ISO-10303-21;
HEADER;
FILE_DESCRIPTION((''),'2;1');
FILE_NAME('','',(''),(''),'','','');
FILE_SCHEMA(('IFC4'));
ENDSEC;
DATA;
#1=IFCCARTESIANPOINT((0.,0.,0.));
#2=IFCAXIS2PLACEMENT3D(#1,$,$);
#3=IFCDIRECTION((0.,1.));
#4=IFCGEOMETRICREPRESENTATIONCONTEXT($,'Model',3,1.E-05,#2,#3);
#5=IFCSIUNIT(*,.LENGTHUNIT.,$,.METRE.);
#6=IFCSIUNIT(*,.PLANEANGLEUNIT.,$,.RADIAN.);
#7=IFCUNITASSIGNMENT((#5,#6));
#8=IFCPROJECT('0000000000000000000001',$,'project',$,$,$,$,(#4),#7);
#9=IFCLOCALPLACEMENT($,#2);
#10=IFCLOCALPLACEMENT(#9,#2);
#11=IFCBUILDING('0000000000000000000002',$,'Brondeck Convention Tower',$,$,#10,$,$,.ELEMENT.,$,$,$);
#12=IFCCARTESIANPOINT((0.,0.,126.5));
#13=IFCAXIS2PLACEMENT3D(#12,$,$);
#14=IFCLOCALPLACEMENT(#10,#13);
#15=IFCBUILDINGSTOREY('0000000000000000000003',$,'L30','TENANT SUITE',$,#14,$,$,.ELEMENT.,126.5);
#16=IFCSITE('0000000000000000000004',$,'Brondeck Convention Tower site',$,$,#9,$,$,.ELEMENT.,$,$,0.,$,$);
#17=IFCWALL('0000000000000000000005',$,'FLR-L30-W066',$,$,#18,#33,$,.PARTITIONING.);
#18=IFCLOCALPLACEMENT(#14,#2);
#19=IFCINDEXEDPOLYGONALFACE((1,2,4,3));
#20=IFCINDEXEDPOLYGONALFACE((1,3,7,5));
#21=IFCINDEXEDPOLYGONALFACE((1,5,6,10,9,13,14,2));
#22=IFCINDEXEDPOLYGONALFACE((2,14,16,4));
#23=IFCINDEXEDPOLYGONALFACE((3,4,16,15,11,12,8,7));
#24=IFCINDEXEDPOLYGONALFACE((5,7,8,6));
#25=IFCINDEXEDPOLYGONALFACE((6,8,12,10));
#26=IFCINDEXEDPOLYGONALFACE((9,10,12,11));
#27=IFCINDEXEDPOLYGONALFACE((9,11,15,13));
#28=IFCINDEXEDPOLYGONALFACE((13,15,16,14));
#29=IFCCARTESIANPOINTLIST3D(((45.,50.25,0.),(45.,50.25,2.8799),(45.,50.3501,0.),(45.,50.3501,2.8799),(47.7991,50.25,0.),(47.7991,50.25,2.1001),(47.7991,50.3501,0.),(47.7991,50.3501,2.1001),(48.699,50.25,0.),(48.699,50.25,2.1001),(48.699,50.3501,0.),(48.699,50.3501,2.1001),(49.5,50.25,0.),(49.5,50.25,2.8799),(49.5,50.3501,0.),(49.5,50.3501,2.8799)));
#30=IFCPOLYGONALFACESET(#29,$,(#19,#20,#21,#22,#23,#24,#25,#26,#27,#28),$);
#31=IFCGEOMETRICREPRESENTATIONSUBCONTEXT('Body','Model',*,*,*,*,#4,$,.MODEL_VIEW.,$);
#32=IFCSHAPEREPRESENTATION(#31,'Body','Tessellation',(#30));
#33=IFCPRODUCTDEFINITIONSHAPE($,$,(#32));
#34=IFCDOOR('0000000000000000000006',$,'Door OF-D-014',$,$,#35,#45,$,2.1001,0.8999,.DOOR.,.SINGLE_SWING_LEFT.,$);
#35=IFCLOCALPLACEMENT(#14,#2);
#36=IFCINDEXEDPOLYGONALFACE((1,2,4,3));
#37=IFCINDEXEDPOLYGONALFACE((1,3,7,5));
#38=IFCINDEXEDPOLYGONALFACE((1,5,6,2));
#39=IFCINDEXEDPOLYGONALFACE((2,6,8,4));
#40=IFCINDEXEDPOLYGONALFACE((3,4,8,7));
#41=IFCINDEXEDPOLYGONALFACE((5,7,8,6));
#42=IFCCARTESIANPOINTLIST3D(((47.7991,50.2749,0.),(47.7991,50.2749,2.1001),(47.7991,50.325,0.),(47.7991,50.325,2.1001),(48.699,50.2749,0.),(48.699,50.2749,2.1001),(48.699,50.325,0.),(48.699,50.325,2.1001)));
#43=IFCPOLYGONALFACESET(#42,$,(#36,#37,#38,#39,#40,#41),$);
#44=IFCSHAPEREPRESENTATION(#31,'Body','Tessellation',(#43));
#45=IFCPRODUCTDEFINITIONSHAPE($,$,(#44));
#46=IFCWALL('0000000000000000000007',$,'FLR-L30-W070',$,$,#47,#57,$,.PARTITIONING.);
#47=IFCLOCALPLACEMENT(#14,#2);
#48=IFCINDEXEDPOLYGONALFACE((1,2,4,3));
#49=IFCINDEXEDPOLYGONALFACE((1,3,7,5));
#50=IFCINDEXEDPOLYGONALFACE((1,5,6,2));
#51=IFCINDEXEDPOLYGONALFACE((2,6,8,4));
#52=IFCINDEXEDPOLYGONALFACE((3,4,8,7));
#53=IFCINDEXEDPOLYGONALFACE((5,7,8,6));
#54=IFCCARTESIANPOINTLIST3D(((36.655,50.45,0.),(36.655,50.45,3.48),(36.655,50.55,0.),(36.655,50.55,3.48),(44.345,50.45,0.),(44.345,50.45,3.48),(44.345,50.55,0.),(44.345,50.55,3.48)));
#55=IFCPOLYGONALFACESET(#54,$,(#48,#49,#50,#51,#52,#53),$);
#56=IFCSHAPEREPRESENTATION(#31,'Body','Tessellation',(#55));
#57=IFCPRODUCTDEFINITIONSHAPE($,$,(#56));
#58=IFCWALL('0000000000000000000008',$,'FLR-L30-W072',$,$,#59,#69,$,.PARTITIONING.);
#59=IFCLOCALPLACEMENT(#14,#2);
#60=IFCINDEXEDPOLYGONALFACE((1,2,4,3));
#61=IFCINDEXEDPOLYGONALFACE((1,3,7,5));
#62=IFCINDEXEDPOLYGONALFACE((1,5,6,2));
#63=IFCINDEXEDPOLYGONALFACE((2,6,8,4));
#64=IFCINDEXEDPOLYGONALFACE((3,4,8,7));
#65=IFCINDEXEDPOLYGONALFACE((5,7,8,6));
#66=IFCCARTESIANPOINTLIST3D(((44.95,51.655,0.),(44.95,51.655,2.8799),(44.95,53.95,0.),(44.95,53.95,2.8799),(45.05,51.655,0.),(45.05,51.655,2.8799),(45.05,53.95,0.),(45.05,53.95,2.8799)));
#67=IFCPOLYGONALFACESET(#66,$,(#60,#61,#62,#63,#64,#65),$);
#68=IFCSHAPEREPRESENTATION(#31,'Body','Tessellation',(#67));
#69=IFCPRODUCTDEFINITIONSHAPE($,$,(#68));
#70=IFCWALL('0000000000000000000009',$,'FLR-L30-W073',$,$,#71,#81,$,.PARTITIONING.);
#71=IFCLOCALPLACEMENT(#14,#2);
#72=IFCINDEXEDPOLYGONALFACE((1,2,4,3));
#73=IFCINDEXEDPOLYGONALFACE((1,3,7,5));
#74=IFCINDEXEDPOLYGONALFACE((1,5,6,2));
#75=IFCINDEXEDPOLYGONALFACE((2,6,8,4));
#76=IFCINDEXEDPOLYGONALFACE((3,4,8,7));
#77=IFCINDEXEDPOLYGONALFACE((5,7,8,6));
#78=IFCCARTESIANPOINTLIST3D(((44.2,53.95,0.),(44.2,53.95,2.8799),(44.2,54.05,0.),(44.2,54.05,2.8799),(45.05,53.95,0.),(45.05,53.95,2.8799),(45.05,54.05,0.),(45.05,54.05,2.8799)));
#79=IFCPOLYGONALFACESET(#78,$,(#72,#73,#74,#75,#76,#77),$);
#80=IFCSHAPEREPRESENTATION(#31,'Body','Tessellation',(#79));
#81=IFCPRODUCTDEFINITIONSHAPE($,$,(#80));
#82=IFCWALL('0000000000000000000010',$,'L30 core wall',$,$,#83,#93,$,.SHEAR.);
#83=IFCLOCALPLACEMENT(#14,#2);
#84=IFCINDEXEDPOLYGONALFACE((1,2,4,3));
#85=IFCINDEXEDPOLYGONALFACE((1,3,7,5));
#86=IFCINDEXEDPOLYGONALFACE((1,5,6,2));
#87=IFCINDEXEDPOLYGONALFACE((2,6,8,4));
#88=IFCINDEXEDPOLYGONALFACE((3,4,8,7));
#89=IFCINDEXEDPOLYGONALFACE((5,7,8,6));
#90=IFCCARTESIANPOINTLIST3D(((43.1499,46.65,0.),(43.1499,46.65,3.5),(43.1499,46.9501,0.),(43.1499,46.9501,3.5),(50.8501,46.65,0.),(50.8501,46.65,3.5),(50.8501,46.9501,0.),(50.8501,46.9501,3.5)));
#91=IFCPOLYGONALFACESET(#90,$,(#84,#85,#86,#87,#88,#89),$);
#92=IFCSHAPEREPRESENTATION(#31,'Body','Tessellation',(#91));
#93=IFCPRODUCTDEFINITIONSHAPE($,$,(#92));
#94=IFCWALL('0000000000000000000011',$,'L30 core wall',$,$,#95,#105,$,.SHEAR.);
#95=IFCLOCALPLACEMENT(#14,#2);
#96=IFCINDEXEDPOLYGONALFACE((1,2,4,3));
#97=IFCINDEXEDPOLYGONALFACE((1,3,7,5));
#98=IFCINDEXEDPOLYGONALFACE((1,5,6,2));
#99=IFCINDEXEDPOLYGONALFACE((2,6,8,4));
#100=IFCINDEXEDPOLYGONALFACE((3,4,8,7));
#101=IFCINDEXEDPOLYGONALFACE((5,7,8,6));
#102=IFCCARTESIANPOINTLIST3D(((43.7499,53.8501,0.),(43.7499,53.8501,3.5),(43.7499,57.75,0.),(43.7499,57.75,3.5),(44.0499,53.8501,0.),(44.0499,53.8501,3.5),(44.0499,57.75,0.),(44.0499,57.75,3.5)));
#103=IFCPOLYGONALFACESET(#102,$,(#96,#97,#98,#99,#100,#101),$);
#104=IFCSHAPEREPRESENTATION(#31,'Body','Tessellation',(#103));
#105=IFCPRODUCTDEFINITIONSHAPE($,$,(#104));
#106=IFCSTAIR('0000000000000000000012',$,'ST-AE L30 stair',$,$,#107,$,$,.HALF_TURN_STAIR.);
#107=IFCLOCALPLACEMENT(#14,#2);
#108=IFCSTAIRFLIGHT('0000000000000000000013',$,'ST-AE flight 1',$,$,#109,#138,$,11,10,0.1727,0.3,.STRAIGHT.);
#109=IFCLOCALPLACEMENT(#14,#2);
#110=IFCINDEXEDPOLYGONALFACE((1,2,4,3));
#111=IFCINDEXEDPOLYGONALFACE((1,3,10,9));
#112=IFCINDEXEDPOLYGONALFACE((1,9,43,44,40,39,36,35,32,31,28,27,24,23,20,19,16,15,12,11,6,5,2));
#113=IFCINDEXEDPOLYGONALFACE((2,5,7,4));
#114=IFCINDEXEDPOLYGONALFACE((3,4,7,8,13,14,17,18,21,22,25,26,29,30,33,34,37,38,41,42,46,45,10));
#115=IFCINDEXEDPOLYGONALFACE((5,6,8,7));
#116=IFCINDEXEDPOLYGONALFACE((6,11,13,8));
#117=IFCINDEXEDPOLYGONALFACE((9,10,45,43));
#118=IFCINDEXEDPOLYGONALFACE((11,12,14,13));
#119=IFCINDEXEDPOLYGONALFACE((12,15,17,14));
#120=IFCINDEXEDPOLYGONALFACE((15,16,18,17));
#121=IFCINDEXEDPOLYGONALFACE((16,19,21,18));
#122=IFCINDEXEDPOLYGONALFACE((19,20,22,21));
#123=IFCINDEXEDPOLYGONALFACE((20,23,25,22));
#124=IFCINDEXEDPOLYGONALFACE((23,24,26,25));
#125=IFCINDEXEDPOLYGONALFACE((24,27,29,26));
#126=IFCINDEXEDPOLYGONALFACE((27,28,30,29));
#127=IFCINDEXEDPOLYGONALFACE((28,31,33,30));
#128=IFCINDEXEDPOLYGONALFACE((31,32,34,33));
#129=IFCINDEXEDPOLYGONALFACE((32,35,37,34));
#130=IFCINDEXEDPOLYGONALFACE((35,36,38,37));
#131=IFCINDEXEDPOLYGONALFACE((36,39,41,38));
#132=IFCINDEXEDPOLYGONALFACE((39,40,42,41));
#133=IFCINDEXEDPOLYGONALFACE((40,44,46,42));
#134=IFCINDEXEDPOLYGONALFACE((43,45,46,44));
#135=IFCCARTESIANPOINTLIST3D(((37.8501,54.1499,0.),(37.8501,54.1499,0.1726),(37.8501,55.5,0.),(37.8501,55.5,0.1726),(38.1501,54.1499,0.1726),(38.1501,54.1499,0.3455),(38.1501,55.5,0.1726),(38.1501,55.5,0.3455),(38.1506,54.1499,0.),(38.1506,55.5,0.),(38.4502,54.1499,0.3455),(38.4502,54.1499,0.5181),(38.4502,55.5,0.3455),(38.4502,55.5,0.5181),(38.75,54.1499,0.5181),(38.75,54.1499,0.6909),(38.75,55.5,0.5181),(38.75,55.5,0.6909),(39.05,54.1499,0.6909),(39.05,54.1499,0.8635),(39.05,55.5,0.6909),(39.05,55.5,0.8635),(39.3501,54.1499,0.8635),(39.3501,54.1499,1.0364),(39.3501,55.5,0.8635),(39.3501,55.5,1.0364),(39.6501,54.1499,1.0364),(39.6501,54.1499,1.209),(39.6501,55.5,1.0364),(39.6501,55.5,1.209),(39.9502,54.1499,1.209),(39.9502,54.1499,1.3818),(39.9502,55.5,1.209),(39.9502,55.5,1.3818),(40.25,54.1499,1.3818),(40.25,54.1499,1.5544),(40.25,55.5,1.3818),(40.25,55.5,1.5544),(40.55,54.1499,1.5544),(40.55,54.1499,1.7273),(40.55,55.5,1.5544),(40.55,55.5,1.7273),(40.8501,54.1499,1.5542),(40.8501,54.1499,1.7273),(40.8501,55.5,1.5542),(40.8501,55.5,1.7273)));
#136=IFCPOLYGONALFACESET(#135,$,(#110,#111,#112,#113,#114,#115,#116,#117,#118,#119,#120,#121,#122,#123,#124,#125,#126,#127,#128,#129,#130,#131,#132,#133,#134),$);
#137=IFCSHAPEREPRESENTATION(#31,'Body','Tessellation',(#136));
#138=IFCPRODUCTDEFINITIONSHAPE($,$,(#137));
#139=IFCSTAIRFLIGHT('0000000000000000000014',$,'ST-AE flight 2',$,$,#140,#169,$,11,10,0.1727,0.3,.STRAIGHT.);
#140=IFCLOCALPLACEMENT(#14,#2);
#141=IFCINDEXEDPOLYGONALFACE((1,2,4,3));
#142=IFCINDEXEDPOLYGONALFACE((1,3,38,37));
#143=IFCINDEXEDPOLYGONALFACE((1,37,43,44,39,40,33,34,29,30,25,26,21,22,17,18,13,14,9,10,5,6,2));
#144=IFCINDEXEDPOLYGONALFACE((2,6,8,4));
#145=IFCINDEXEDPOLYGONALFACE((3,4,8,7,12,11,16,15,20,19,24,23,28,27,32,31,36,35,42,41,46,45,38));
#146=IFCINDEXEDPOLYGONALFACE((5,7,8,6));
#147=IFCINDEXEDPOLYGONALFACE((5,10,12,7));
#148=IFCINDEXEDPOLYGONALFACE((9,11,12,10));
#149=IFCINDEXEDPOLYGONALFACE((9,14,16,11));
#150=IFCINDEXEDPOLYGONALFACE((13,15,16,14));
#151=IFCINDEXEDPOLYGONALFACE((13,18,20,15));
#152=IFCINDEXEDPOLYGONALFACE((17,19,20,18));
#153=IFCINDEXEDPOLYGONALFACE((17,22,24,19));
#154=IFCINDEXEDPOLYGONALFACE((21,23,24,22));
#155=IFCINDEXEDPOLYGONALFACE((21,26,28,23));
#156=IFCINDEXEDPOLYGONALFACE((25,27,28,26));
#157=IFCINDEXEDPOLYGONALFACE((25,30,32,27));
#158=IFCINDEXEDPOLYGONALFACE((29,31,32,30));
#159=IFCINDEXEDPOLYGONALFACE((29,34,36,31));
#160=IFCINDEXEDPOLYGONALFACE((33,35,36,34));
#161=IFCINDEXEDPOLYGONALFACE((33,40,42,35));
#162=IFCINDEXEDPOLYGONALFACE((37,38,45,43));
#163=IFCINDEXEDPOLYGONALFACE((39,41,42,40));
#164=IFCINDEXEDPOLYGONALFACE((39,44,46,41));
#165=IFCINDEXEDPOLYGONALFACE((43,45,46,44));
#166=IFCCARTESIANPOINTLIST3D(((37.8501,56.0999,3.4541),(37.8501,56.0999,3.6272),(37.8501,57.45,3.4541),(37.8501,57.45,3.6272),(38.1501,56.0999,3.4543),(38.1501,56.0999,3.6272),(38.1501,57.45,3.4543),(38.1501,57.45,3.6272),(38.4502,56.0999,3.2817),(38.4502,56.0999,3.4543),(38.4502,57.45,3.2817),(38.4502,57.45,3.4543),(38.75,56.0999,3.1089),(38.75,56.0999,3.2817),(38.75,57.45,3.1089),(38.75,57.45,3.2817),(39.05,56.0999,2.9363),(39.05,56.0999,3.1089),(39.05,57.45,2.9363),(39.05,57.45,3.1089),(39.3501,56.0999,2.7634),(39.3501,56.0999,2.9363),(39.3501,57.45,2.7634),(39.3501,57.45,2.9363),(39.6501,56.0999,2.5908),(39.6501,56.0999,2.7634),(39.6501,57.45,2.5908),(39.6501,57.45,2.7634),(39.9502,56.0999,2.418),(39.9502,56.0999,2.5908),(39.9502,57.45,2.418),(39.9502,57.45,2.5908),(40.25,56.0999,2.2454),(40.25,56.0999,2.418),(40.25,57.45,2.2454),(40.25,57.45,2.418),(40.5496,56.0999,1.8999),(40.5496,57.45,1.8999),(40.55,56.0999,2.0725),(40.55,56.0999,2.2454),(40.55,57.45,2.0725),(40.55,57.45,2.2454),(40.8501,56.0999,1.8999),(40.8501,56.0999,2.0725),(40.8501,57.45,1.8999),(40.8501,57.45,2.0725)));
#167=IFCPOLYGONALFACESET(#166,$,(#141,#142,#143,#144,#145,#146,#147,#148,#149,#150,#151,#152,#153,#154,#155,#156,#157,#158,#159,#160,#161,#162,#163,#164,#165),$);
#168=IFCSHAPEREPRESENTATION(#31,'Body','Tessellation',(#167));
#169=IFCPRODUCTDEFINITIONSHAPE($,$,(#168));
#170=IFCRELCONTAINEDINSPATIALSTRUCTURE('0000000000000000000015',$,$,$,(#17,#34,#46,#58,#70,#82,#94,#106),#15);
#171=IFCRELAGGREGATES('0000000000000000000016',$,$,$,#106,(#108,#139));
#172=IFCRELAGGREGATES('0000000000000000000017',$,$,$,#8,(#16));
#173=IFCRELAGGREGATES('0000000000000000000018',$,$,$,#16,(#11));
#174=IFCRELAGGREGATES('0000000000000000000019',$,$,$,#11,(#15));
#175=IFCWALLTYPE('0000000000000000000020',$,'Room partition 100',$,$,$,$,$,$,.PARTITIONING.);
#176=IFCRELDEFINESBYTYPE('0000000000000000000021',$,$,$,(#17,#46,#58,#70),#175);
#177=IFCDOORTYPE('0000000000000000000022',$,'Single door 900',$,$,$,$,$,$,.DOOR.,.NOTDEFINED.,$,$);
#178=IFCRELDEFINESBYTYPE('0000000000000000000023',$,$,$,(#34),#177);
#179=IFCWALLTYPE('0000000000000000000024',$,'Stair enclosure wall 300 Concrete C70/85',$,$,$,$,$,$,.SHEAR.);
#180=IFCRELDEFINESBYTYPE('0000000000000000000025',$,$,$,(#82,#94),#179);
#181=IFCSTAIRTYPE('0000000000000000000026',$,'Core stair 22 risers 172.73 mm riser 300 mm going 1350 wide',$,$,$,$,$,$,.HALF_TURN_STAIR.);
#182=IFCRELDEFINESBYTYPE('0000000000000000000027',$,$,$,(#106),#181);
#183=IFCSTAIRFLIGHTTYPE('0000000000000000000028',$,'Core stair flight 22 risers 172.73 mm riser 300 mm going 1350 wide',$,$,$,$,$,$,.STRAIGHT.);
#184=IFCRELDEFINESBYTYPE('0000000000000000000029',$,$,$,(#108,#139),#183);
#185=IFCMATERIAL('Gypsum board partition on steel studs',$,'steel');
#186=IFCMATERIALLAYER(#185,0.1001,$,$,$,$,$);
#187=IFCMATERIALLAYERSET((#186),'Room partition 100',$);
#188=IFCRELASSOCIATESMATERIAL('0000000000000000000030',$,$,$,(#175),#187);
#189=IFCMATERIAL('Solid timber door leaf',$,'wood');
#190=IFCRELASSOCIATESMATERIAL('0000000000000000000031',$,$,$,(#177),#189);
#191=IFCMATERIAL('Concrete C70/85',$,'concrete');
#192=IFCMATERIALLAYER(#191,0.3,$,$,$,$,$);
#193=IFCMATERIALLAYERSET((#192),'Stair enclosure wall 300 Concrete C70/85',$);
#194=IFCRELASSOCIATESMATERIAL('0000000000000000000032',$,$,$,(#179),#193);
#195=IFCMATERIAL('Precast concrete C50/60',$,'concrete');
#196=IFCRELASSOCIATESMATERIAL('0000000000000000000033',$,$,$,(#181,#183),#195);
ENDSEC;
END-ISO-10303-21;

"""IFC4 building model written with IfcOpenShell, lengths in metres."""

from ifc_helpers import new_model, si_unit, direction, frame, frame_2d, origin, place, context, subcontext, project, spatial, polyline, rectangle, outline, extrude, material, layer, layer_set, type_object, element, fill, aggregate, save


model = new_model("IFC4")

# Units and contexts
model_context = context("Model", 3, precision=1e-05, world=origin(), true_north=direction((0.0, 1.0)))
body_context = subcontext(model_context, "Body", "Model", "MODEL_VIEW")
ifc_project = project(units=[si_unit("LENGTHUNIT", "METRE"), si_unit("PLANEANGLEUNIT", "RADIAN")], contexts=[model_context])

# Site, building, storey
site_placement = place(None, origin())
site = spatial("IfcSite", under=ifc_project, at=site_placement, Name="Brondeck Convention Tower site", CompositionType="ELEMENT", RefElevation=0.0)
building_placement = place(site_placement, origin())
building = spatial("IfcBuilding", under=site, at=building_placement, Name="Brondeck Convention Tower", CompositionType="ELEMENT")
storey_placement = place(building_placement, frame((0.0, 0.0, 126.5)))
storey = spatial("IfcBuildingStorey", under=building, at=storey_placement, Name="L30", Description="TENANT SUITE", CompositionType="ELEMENT", Elevation=126.5)

# Shared definitions
ifc_material_1 = material(Name="Concrete C70/85", Category="concrete")

# Shared definitions
ifc_material_2 = material(Name="Gypsum board partition on steel studs", Category="steel")
ifc_layer_1 = layer(ifc_material_2, 0.1001)
ifc_layer_set_1 = layer_set([ifc_layer_1], Name="Room partition 100")
wall_type_1 = type_object("IfcWallType", Name="Room partition 100", PredefinedType="PARTITIONING", material=ifc_layer_set_1)

# Wall, opening, door
ifc_material_3 = material(Name="Solid timber door leaf", Category="wood")
door_type = type_object("IfcDoorType", Name="Single door 900", OperationType="NOTDEFINED", PredefinedType="DOOR", material=ifc_material_3)
wall_1_placement = place(storey_placement, frame((45.0, 50.3, 0.0), z_axis=(0.0, 0.0, 1.0), x_axis=(1.0, 0.0, 0.0)))
wall_1 = element("IfcWall", 1, at=wall_1_placement, inside=storey, type_object=wall_type_1, Name="FLR-L30-W066", PredefinedType="PARTITIONING", context=body_context, shape_type="SweptSolid", body=[
    extrude(rectangle(XDim=4.5, YDim=0.1001, at=frame_2d((2.25, 0.0))), origin(), (0.0, 0.0, 1.0), 2.8799),
])
opening_1_placement = place(wall_1_placement, frame((2.7991, 0.0, 0.0)))
opening_1 = element("IfcOpeningElement", 2, at=opening_1_placement, cuts=wall_1, PredefinedType="OPENING", context=body_context, shape_type="SweptSolid", body=[
    extrude(rectangle(XDim=0.8999, YDim=2.1001, at=frame_2d((0.45, 1.05))), frame((0.0, 0.0601, 0.0), z_axis=(0.0, -1.0, 0.0), x_axis=(1.0, 0.0, 0.0)), (0.0, 0.0, 1.0), 0.1201),
])
door_1_placement = place(opening_1_placement, origin())
door_1 = element("IfcDoor", 3, at=door_1_placement, inside=storey, type_object=door_type, Name="Door OF-D-014", OperationType="SINGLE_SWING_LEFT", OverallHeight=2.1001, OverallWidth=0.8999, PredefinedType="DOOR", context=body_context, shape_type="SweptSolid", body=[
    extrude(rectangle(XDim=0.8999, YDim=2.1001, at=frame_2d((0.45, 1.05))), frame((0.0, 0.0249, 0.0), z_axis=(0.0, -1.0, 0.0), x_axis=(1.0, 0.0, 0.0)), (0.0, 0.0, 1.0), 0.05),
])
fill(opening_1, door_1)

# Walls
wall_2_placement = place(storey_placement, frame((44.345, 50.5, 0.0), z_axis=(0.0, 0.0, 1.0), x_axis=(-1.0, 0.0, 0.0)))
element("IfcWall", 4, at=wall_2_placement, inside=storey, type_object=wall_type_1, Name="FLR-L30-W070", PredefinedType="PARTITIONING", context=body_context, shape_type="SweptSolid", body=[
    extrude(rectangle(XDim=7.6899, YDim=0.1001, at=frame_2d((3.845, 0.0))), origin(), (0.0, 0.0, 1.0), 3.48),
])
wall_3_placement = place(storey_placement, frame((45.0, 53.95, 0.0), z_axis=(0.0, 0.0, 1.0), x_axis=(0.0, -1.0, 0.0)))
element("IfcWall", 5, at=wall_3_placement, inside=storey, type_object=wall_type_1, Name="FLR-L30-W072", PredefinedType="PARTITIONING", context=body_context, shape_type="SweptSolid", body=[
    extrude(rectangle(XDim=2.2949, YDim=0.1001, at=frame_2d((1.1475, 0.0))), origin(), (0.0, 0.0, 1.0), 2.8799),
])
wall_4_placement = place(storey_placement, frame((44.2, 54.0, 0.0), z_axis=(0.0, 0.0, 1.0), x_axis=(1.0, 0.0, 0.0)))
element("IfcWall", 6, at=wall_4_placement, inside=storey, type_object=wall_type_1, Name="FLR-L30-W073", PredefinedType="PARTITIONING", context=body_context, shape_type="SweptSolid", body=[
    extrude(rectangle(XDim=0.8501, YDim=0.1001, at=frame_2d((0.425, 0.0))), origin(), (0.0, 0.0, 1.0), 2.8799),
])
ifc_layer_2 = layer(ifc_material_1, 0.3)
ifc_layer_set_2 = layer_set([ifc_layer_2], Name="Stair enclosure wall 300 Concrete C70/85")
wall_type_2 = type_object("IfcWallType", Name="Stair enclosure wall 300 Concrete C70/85", PredefinedType="SHEAR", material=ifc_layer_set_2)
wall_5_placement = place(storey_placement, frame((43.1499, 46.8, 0.0), z_axis=(0.0, 0.0, 1.0), x_axis=(1.0, 0.0, 0.0)))
element("IfcWall", 7, at=wall_5_placement, inside=storey, type_object=wall_type_2, Name="L30 core wall", PredefinedType="SHEAR", context=body_context, shape_type="SweptSolid", body=[
    extrude(rectangle(XDim=7.7002, YDim=0.3, at=frame_2d((3.8501, 0.0))), origin(), (0.0, 0.0, 1.0), 3.5),
])
wall_6_placement = place(storey_placement, frame((43.8999, 53.8501, 0.0), z_axis=(0.0, 0.0, 1.0), x_axis=(0.0, 1.0, 0.0)))
element("IfcWall", 8, at=wall_6_placement, inside=storey, type_object=wall_type_2, Name="L30 core wall", PredefinedType="SHEAR", context=body_context, shape_type="SweptSolid", body=[
    extrude(rectangle(XDim=3.8999, YDim=0.3, at=frame_2d((1.95, 0.0))), origin(), (0.0, 0.0, 1.0), 3.5),
])

# Stair, stair flights
ifc_material_4 = material(Name="Precast concrete C50/60", Category="concrete")
stair_type = type_object("IfcStairType", Name="Core stair 22 risers 172.73 mm riser 300 mm going 1350 wide", PredefinedType="HALF_TURN_STAIR", material=ifc_material_4)
stair_placement = place(storey_placement, origin())
stair = element("IfcStair", 9, at=stair_placement, inside=storey, type_object=stair_type, Name="ST-AE L30 stair", PredefinedType="HALF_TURN_STAIR")
stair_flight_type = type_object("IfcStairFlightType", Name="Core stair flight 22 risers 172.73 mm riser 300 mm going 1350 wide", PredefinedType="STRAIGHT", material=ifc_material_4)
stair_flight_1_placement = place(storey_placement, frame((37.8501, 54.825, 0.0), z_axis=(0.0, 0.0, 1.0), x_axis=(1.0, 0.0, 0.0)))
stair_flight_1 = element("IfcStairFlight", 10, at=stair_flight_1_placement, type_object=stair_flight_type, Name="ST-AE flight 1", NumberOfRisers=11, NumberOfTreads=10, PredefinedType="STRAIGHT", RiserHeight=0.1727, TreadLength=0.3, context=body_context, shape_type="SweptSolid", body=[
    extrude(outline(polyline([(0.0, 0.0), (0.0, 0.1726), (0.3, 0.1726), (0.3, 0.3455), (0.6001, 0.3455), (0.6001, 0.5181), (0.8999, 0.5181), (0.8999, 0.6909), (1.2, 0.6909), (1.2, 0.8635), (1.5, 0.8635), (1.5, 1.0364), (1.8, 1.0364), (1.8, 1.209), (2.1001, 1.209), (2.1001, 1.3818), (2.3999, 1.3818), (2.3999, 1.5544), (2.7, 1.5544), (2.7, 1.7273), (3.0, 1.7273), (3.0, 1.8999), (3.0, 1.5542), (0.3005, 0.0), (0.0, 0.0)])), frame((0.0, 0.675, 0.0), z_axis=(0.0, -1.0, 0.0), x_axis=(1.0, 0.0, 0.0)), (0.0, 0.0, 1.0), 1.3501),
])
stair_flight_2_placement = place(storey_placement, frame((40.8501, 56.7749, 1.8999), z_axis=(0.0, 0.0, 1.0), x_axis=(-1.0, 0.0, 0.0)))
stair_flight_2 = element("IfcStairFlight", 11, at=stair_flight_2_placement, type_object=stair_flight_type, Name="ST-AE flight 2", NumberOfRisers=11, NumberOfTreads=10, PredefinedType="STRAIGHT", RiserHeight=0.1727, TreadLength=0.3, context=body_context, shape_type="SweptSolid", body=[
    extrude(outline(polyline([(0.0, 0.0), (0.0, 0.1726), (0.3, 0.1726), (0.3, 0.3455), (0.6001, 0.3455), (0.6001, 0.5181), (0.8999, 0.5181), (0.8999, 0.6909), (1.2, 0.6909), (1.2, 0.8635), (1.5, 0.8635), (1.5, 1.0364), (1.8, 1.0364), (1.8, 1.209), (2.1001, 1.209), (2.1001, 1.3818), (2.3999, 1.3818), (2.3999, 1.5544), (2.7, 1.5544), (2.7, 1.7273), (3.0, 1.7273), (3.0, 1.8999), (3.0, 1.5542), (0.3005, 0.0), (0.0, 0.0)])), frame((0.0, 0.675, 0.0), z_axis=(0.0, -1.0, 0.0), x_axis=(1.0, 0.0, 0.0)), (0.0, 0.0, 1.0), 1.3501),
])
aggregate(stair, [stair_flight_1, stair_flight_2])

save(model, "model.ifc")
